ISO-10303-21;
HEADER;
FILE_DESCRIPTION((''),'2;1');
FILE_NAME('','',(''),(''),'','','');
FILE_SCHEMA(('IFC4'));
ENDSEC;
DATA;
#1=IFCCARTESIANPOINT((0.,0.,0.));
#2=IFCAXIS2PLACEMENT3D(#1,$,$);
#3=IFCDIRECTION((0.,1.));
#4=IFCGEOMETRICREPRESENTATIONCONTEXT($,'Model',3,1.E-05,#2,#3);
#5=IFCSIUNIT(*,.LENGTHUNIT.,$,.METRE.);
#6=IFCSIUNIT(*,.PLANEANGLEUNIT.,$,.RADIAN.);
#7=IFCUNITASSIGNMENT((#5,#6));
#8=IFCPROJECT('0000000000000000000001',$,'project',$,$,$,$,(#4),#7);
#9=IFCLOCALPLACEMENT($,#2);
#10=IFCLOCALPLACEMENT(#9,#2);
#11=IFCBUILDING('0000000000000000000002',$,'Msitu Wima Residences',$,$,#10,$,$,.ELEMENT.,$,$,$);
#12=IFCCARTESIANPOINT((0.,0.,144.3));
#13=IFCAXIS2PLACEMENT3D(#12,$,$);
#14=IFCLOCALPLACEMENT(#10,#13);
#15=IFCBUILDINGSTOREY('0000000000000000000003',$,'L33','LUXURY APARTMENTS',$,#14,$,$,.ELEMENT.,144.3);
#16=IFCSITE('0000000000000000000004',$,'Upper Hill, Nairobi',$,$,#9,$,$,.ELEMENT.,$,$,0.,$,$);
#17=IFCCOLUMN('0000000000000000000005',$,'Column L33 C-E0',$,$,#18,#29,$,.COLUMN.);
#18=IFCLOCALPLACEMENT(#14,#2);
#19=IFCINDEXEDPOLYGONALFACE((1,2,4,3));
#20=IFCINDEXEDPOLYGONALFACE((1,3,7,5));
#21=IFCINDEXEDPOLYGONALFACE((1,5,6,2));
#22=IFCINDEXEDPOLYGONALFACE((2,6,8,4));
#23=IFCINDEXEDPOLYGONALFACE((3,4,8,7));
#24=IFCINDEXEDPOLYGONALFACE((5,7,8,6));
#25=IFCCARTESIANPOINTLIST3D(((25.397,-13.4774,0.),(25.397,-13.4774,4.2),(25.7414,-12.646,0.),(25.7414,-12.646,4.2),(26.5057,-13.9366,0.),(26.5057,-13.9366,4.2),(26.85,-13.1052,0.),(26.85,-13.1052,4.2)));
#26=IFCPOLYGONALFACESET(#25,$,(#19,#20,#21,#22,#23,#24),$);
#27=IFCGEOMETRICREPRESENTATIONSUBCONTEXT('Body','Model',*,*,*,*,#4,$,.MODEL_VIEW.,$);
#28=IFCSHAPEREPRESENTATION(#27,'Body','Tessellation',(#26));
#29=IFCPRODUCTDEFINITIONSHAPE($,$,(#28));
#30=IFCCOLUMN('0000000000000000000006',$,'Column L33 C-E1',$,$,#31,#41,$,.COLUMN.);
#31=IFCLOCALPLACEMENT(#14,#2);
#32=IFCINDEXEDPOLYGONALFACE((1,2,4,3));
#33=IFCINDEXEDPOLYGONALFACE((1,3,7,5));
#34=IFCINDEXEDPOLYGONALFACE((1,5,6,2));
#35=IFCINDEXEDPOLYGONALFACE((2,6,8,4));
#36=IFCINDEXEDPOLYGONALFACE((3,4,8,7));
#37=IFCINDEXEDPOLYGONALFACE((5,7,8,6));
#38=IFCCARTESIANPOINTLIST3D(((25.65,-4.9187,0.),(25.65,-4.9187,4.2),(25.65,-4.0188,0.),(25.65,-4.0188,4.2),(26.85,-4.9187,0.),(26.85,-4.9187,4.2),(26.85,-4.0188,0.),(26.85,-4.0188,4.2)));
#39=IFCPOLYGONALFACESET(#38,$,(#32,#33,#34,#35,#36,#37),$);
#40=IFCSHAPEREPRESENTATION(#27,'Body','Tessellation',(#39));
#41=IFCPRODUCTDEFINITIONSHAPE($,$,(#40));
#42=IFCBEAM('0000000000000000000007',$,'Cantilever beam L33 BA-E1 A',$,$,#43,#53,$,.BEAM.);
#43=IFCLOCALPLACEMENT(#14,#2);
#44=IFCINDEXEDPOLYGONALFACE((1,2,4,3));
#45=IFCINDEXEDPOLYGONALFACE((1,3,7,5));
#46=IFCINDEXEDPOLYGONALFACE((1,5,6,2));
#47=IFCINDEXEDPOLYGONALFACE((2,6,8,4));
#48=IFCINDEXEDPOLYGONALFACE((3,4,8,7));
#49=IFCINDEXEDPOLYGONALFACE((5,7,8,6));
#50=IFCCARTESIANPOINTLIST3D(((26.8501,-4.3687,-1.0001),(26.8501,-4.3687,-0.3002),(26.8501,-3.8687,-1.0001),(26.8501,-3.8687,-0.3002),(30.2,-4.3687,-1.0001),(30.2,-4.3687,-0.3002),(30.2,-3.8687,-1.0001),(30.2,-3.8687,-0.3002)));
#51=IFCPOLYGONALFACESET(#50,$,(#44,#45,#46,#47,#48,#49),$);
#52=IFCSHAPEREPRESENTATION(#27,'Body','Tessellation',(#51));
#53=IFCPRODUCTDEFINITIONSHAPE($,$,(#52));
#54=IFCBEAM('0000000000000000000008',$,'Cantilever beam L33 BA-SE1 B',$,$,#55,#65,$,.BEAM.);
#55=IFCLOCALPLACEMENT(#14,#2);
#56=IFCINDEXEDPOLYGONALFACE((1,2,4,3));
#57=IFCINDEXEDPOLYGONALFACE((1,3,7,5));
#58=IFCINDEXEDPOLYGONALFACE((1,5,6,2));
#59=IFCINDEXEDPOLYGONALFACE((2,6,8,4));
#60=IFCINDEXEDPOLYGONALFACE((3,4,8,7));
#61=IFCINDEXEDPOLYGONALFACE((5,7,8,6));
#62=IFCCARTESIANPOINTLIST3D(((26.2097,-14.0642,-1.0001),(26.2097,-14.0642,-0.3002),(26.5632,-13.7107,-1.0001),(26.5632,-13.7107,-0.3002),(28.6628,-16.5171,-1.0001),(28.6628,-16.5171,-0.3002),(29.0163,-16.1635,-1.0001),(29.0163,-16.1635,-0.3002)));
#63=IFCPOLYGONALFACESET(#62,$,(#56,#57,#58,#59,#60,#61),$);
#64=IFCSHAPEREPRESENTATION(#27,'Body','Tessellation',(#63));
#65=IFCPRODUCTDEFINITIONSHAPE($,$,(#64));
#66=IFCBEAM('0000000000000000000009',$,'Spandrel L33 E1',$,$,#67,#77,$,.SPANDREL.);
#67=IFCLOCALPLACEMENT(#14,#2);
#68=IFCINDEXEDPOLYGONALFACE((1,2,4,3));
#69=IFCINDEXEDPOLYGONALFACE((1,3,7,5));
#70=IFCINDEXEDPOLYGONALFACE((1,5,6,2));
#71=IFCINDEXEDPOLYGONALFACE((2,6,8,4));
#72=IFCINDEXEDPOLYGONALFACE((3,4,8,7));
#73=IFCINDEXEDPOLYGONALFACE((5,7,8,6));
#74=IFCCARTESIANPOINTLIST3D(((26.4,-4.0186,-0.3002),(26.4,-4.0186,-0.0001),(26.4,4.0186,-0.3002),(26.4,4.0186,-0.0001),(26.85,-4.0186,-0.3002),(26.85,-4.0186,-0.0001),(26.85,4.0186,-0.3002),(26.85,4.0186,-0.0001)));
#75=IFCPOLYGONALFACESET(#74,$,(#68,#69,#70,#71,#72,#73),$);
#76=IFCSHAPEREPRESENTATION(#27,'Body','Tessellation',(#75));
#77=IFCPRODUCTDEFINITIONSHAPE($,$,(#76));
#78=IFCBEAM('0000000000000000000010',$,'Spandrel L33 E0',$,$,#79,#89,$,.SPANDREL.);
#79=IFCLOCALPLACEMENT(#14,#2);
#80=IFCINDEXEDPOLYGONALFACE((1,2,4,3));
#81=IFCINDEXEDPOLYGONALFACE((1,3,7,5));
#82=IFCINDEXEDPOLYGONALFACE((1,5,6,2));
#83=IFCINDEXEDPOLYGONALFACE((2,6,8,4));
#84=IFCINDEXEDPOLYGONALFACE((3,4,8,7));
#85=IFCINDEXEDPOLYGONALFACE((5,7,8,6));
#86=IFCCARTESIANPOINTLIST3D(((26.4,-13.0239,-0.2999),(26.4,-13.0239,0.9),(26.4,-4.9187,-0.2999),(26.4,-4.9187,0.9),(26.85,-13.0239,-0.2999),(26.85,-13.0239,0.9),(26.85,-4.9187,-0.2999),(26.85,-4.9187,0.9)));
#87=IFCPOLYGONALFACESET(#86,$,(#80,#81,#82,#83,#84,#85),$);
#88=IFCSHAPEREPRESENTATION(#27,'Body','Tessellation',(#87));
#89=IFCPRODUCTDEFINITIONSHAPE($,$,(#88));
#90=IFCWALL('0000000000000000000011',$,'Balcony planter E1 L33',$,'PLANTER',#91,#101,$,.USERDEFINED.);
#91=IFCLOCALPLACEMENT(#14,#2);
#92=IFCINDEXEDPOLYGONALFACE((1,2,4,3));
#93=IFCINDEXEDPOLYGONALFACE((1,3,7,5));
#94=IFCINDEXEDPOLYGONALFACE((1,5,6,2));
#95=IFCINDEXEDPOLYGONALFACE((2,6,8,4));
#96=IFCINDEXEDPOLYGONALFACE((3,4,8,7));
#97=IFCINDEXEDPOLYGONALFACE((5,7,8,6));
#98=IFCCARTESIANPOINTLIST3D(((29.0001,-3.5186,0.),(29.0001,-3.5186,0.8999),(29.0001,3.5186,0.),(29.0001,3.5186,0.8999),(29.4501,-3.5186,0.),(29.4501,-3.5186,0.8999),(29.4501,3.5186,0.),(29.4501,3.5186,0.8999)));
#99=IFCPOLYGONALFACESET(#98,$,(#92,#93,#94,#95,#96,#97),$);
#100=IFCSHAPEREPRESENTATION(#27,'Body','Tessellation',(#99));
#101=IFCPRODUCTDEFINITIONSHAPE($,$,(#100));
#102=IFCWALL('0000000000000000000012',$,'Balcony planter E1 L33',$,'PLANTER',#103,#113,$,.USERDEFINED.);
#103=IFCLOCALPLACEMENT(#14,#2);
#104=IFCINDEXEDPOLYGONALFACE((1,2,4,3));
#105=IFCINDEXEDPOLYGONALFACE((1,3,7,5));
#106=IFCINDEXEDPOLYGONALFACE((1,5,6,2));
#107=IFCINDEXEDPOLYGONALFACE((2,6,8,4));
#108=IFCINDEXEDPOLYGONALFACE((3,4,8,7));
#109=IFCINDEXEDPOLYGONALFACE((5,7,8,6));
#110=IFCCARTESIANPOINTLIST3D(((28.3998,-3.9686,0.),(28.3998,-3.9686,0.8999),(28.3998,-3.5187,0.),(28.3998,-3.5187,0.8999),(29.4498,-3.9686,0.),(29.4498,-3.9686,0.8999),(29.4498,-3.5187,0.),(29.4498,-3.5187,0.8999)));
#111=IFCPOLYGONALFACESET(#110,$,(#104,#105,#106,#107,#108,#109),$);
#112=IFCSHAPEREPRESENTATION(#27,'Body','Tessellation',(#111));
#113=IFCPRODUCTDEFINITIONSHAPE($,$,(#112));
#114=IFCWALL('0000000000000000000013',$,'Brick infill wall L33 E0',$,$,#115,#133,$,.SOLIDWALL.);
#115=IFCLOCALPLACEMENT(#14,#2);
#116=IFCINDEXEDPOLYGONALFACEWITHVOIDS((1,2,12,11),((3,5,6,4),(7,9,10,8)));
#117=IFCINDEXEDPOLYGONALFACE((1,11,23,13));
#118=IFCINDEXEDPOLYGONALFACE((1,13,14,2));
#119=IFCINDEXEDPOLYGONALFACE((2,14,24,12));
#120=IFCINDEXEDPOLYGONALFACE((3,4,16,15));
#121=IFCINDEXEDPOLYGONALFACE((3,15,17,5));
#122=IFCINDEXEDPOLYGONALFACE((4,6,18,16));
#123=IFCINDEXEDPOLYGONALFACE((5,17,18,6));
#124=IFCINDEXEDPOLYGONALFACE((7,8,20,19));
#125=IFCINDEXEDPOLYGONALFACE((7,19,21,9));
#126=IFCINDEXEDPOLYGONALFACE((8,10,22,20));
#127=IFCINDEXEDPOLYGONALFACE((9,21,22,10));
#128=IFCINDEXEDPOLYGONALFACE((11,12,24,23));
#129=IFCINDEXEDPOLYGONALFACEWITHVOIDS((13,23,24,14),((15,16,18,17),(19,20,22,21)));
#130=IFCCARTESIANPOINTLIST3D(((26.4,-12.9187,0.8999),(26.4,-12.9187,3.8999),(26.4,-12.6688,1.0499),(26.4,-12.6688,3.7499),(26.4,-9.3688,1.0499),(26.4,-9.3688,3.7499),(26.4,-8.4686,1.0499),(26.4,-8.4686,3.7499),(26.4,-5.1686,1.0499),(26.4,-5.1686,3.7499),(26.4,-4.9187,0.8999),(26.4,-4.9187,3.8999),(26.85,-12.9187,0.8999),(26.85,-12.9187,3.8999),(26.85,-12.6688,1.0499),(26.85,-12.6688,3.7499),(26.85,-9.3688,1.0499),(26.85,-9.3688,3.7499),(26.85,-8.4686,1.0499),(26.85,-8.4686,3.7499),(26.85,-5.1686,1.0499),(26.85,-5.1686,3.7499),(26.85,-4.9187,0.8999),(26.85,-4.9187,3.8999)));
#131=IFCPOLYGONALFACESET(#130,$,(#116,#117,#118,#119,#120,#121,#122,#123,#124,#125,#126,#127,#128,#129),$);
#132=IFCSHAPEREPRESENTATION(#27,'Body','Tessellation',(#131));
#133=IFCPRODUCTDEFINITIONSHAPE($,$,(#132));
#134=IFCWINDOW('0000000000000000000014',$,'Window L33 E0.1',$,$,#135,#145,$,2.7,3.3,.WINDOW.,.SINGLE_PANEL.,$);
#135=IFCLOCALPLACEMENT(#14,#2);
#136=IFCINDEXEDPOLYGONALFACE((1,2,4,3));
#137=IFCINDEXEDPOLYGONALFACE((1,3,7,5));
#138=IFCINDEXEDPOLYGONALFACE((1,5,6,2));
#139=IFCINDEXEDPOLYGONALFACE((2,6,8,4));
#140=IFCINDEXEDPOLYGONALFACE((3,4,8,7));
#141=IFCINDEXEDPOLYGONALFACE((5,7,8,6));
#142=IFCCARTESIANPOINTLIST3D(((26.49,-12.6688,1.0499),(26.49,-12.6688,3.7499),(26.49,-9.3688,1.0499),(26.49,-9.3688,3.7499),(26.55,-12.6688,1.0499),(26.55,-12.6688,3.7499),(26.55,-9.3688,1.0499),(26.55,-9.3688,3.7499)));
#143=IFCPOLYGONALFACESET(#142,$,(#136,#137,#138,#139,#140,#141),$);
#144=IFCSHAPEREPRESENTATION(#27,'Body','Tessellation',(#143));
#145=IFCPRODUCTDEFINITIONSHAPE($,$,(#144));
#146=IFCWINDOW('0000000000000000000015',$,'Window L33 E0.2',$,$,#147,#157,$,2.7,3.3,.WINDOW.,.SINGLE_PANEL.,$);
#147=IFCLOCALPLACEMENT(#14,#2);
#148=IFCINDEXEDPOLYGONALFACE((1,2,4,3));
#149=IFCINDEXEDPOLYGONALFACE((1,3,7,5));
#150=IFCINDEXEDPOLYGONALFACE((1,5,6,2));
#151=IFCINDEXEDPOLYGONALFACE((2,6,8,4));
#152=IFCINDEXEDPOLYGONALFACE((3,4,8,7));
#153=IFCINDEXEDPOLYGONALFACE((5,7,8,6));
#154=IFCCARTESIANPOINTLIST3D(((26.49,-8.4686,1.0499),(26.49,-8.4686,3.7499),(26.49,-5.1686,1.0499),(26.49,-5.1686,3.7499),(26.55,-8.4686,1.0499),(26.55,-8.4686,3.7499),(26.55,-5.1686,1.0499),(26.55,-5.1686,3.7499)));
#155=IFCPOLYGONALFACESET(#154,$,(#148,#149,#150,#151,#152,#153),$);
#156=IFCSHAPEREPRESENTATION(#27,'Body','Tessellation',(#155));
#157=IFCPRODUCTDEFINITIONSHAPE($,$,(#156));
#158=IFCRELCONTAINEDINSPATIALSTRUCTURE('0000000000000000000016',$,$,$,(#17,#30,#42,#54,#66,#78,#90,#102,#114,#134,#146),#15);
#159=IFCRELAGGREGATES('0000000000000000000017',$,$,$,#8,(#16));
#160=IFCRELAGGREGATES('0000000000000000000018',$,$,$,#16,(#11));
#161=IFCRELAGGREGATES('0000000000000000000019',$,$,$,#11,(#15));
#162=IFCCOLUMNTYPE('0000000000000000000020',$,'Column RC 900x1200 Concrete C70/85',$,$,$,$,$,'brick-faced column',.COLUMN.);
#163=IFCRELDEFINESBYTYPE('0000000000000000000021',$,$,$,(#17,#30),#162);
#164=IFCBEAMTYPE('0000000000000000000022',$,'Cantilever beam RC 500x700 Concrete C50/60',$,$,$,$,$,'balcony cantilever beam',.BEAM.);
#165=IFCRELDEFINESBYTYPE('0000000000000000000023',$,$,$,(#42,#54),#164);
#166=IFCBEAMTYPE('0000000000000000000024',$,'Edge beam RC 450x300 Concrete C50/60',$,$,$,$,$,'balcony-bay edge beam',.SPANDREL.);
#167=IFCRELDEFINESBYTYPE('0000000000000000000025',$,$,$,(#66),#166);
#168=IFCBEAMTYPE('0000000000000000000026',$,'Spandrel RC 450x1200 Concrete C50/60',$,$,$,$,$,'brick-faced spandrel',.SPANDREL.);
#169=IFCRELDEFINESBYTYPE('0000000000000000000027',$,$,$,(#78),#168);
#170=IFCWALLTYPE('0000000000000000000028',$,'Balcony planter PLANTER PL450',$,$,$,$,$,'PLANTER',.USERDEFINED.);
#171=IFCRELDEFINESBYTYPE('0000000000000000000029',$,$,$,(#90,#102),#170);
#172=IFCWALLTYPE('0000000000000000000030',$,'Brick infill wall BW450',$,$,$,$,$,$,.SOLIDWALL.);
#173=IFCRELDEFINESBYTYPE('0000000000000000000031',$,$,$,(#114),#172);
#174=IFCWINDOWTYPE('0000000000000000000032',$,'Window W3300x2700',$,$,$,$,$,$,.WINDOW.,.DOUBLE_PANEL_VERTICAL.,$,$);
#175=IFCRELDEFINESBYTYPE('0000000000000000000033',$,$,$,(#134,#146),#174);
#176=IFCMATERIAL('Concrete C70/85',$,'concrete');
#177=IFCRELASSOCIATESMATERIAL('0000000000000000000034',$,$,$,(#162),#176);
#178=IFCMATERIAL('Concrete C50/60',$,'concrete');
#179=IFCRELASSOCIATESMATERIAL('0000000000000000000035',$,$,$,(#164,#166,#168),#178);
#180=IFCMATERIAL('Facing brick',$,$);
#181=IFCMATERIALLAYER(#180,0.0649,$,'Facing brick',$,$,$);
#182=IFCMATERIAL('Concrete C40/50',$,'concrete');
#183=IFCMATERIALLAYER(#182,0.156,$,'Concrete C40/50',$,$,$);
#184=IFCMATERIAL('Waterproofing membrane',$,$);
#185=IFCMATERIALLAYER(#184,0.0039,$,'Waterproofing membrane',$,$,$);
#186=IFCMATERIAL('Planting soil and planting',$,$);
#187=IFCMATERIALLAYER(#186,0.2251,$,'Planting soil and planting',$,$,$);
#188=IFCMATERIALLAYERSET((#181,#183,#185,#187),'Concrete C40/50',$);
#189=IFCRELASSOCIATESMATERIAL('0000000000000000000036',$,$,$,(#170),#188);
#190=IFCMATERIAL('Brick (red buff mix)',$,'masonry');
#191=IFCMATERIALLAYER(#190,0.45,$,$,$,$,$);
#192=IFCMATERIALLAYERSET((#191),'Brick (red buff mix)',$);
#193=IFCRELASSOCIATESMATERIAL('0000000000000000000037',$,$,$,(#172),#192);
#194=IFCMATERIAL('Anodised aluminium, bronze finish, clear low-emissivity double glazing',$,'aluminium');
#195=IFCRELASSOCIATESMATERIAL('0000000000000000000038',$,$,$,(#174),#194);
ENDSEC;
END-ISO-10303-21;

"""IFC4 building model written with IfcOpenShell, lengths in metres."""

from ifc_helpers import new_model, si_unit, direction, frame, frame_2d, origin, origin_2d, place, context, subcontext, project, spatial, rectangle, extrude, material, layer, layer_set, material_profile, profile_set, type_object, element, fill, save


model = new_model("IFC4")

# Units and contexts
model_context = context("Model", 3, precision=1e-05, world=origin(), true_north=direction((0.0, 1.0)))
body_context = subcontext(model_context, "Body", "Model", "MODEL_VIEW")
ifc_project = project(units=[si_unit("LENGTHUNIT", "METRE"), si_unit("PLANEANGLEUNIT", "RADIAN")], contexts=[model_context])

# Site, building, storey
site_placement = place(None, origin())
site = spatial("IfcSite", under=ifc_project, at=site_placement, Name="Upper Hill, Nairobi", CompositionType="ELEMENT", RefElevation=0.0)
building_placement = place(site_placement, origin())
building = spatial("IfcBuilding", under=site, at=building_placement, Name="Msitu Wima Residences", CompositionType="ELEMENT")
storey_placement = place(building_placement, frame((0.0, 0.0, 144.3)))
storey = spatial("IfcBuildingStorey", under=building, at=storey_placement, Name="L33", Description="LUXURY APARTMENTS", CompositionType="ELEMENT", Elevation=144.3)

# Columns
ifc_material_1 = material(Name="Concrete C70/85", Category="concrete")
ifc_material_profile_1 = material_profile(ifc_material_1, rectangle(XDim=0.8999, YDim=1.2, at=origin_2d()), Name="RC 900x1200")
ifc_profile_set_1 = profile_set([ifc_material_profile_1], Name="Concrete C70/85")
column_type = type_object("IfcColumnType", Name="Column RC 900x1200 Concrete C70/85", ElementType="brick-faced column", PredefinedType="COLUMN", material=ifc_profile_set_1)
for number, where, z_axis, x_axis, name in (
    (1, (26.1235, -13.2913, 0.0), (0.0, 0.0, 1.0), (0.382683, 0.92388, 0.0), "Column L33 C-E0"),
    (2, (26.25, -4.4688, 0.0), (0.0, 0.0, 1.0), (0.0, 1.0, 0.0), "Column L33 C-E1"),
):
    element("IfcColumn", number, at=place(storey_placement, frame(where, z_axis=z_axis, x_axis=x_axis)), inside=storey, type_object=column_type, Name=name, PredefinedType="COLUMN", context=body_context, shape_type="SweptSolid", body=[
        extrude(rectangle(XDim=0.8999, YDim=1.2, at=origin_2d()), origin(), (0.0, 0.0, 1.0), 4.2),
    ])

# Beams
ifc_material_2 = material(Name="Concrete C50/60", Category="concrete")
ifc_material_profile_2 = material_profile(ifc_material_2, rectangle(XDim=0.5, YDim=0.7, at=origin_2d()), Name="RC 500x700")
ifc_profile_set_2 = profile_set([ifc_material_profile_2], Name="Concrete C50/60")
beam_type_1 = type_object("IfcBeamType", Name="Cantilever beam RC 500x700 Concrete C50/60", ElementType="balcony cantilever beam", PredefinedType="BEAM", material=ifc_profile_set_2)
beam_1_placement = place(storey_placement, frame((26.8501, -4.1187, -0.6501), z_axis=(1.0, 0.0, 0.0), x_axis=(0.0, 1.0, 0.0)))
element("IfcBeam", 3, at=beam_1_placement, inside=storey, type_object=beam_type_1, Name="Cantilever beam L33 BA-E1 A", PredefinedType="BEAM", context=body_context, shape_type="SweptSolid", body=[
    extrude(rectangle(XDim=0.5, YDim=0.7, at=origin_2d()), origin(), (0.0, 0.0, 1.0), 3.3499),
])
beam_2_placement = place(storey_placement, frame((26.3865, -13.8875, -0.6501), z_axis=(0.707142, -0.707072, 0.0), x_axis=(0.707072, 0.707142, 0.0)))
element("IfcBeam", 4, at=beam_2_placement, inside=storey, type_object=beam_type_1, Name="Cantilever beam L33 BA-SE1 B", PredefinedType="BEAM", context=body_context, shape_type="SweptSolid", body=[
    extrude(rectangle(XDim=0.5, YDim=0.7, at=origin_2d()), origin(), (0.0, 0.0, 1.0), 3.469),
])
ifc_material_profile_3 = material_profile(ifc_material_2, rectangle(XDim=0.45, YDim=0.3, at=origin_2d()), Name="RC 450x300")
ifc_profile_set_3 = profile_set([ifc_material_profile_3], Name="Concrete C50/60")
beam_type_2 = type_object("IfcBeamType", Name="Edge beam RC 450x300 Concrete C50/60", ElementType="balcony-bay edge beam", PredefinedType="SPANDREL", material=ifc_profile_set_3)
beam_3_placement = place(storey_placement, frame((26.625, -4.0186, -0.1501), z_axis=(0.0, 1.0, 0.0), x_axis=(-1.0, 0.0, 0.0)))
element("IfcBeam", 5, at=beam_3_placement, inside=storey, type_object=beam_type_2, Name="Spandrel L33 E1", PredefinedType="SPANDREL", context=body_context, shape_type="SweptSolid", body=[
    extrude(rectangle(XDim=0.45, YDim=0.3, at=origin_2d()), origin(), (0.0, 0.0, 1.0), 8.0371),
])
ifc_material_profile_4 = material_profile(ifc_material_2, rectangle(XDim=0.45, YDim=1.2, at=origin_2d()), Name="RC 450x1200")
ifc_profile_set_4 = profile_set([ifc_material_profile_4], Name="Concrete C50/60")
beam_type_3 = type_object("IfcBeamType", Name="Spandrel RC 450x1200 Concrete C50/60", ElementType="brick-faced spandrel", PredefinedType="SPANDREL", material=ifc_profile_set_4)
beam_4_placement = place(storey_placement, frame((26.625, -13.0239, 0.3), z_axis=(0.0, 1.0, 0.0), x_axis=(-1.0, 0.0, 0.0)))
element("IfcBeam", 6, at=beam_4_placement, inside=storey, type_object=beam_type_3, Name="Spandrel L33 E0", PredefinedType="SPANDREL", context=body_context, shape_type="SweptSolid", body=[
    extrude(rectangle(XDim=0.45, YDim=1.2, at=origin_2d()), origin(), (0.0, 0.0, 1.0), 8.1052),
])

# Walls
ifc_material_3 = material(Name="Facing brick")
ifc_layer_1 = layer(ifc_material_3, 0.0649, Name="Facing brick")
ifc_material_4 = material(Name="Concrete C40/50", Category="concrete")
ifc_layer_2 = layer(ifc_material_4, 0.156, Name="Concrete C40/50")
ifc_material_5 = material(Name="Waterproofing membrane")
ifc_layer_3 = layer(ifc_material_5, 0.0039, Name="Waterproofing membrane")
ifc_material_6 = material(Name="Planting soil and planting")
ifc_layer_4 = layer(ifc_material_6, 0.2251, Name="Planting soil and planting")
ifc_layer_set_1 = layer_set([ifc_layer_1, ifc_layer_2, ifc_layer_3, ifc_layer_4], Name="Concrete C40/50")
wall_type_1 = type_object("IfcWallType", Name="Balcony planter PLANTER PL450", ElementType="PLANTER", PredefinedType="USERDEFINED", material=ifc_layer_set_1)
wall_1_placement = place(storey_placement, frame((29.2251, -3.5186, 0.0), z_axis=(0.0, 0.0, 1.0), x_axis=(0.0, 1.0, 0.0)))
element("IfcWall", 7, at=wall_1_placement, inside=storey, type_object=wall_type_1, Name="Balcony planter E1 L33", ObjectType="PLANTER", PredefinedType="USERDEFINED", context=body_context, shape_type="SweptSolid", body=[
    extrude(rectangle(XDim=7.0371, YDim=0.45, at=frame_2d((3.5186, 0.0))), origin(), (0.0, 0.0, 1.0), 0.8999),
])
wall_2_placement = place(storey_placement, frame((28.3999, -3.7437, 0.0), z_axis=(0.0, 0.0, 1.0), x_axis=(1.0, 0.0, 0.0)))
element("IfcWall", 8, at=wall_2_placement, inside=storey, type_object=wall_type_1, Name="Balcony planter E1 L33", ObjectType="PLANTER", PredefinedType="USERDEFINED", context=body_context, shape_type="SweptSolid", body=[
    extrude(rectangle(XDim=1.05, YDim=0.45, at=frame_2d((0.5249, 0.0))), origin(), (0.0, 0.0, 1.0), 0.8999),
])

# Wall, openings, windows
ifc_material_7 = material(Name="Brick (red buff mix)", Category="masonry")
ifc_layer_5 = layer(ifc_material_7, 0.45)
ifc_layer_set_2 = layer_set([ifc_layer_5], Name="Brick (red buff mix)")
wall_type_2 = type_object("IfcWallType", Name="Brick infill wall BW450", PredefinedType="SOLIDWALL", material=ifc_layer_set_2)
wall_3_placement = place(storey_placement, frame((26.625, -12.9187, 0.8999), z_axis=(0.0, 0.0, 1.0), x_axis=(0.0, 1.0, 0.0)))
wall_3 = element("IfcWall", 9, at=wall_3_placement, inside=storey, type_object=wall_type_2, Name="Brick infill wall L33 E0", PredefinedType="SOLIDWALL", context=body_context, shape_type="SweptSolid", body=[
    extrude(rectangle(XDim=8.0, YDim=0.45, at=frame_2d((4.0, 0.0))), origin(), (0.0, 0.0, 1.0), 3.0),
])
opening_1_placement = place(wall_3_placement, frame((0.25, 0.0, 0.1499)))
opening_1 = element("IfcOpeningElement", 10, at=opening_1_placement, cuts=wall_3, PredefinedType="OPENING", context=body_context, shape_type="SweptSolid", body=[
    extrude(rectangle(XDim=3.3, YDim=2.7, at=frame_2d((1.6499, 1.3501))), frame((0.0, 0.2349, 0.0), z_axis=(0.0, -1.0, 0.0), x_axis=(1.0, 0.0, 0.0)), (0.0, 0.0, 1.0), 0.47),
])
opening_2_placement = place(wall_3_placement, frame((4.4502, 0.0, 0.1499)))
opening_2 = element("IfcOpeningElement", 11, at=opening_2_placement, cuts=wall_3, PredefinedType="OPENING", context=body_context, shape_type="SweptSolid", body=[
    extrude(rectangle(XDim=3.3, YDim=2.7, at=frame_2d((1.6499, 1.3501))), frame((0.0, 0.2349, 0.0), z_axis=(0.0, -1.0, 0.0), x_axis=(1.0, 0.0, 0.0)), (0.0, 0.0, 1.0), 0.47),
])
ifc_material_8 = material(Name="Anodised aluminium, bronze finish, clear low-emissivity double glazing", Category="aluminium")
window_type = type_object("IfcWindowType", Name="Window W3300x2700", PartitioningType="DOUBLE_PANEL_VERTICAL", PredefinedType="WINDOW", material=ifc_material_8)
window_1_placement = place(opening_1_placement, origin())
window_1 = element("IfcWindow", 12, at=window_1_placement, inside=storey, type_object=window_type, Name="Window L33 E0.1", OverallHeight=2.7, OverallWidth=3.3, PartitioningType="SINGLE_PANEL", PredefinedType="WINDOW", context=body_context, shape_type="SweptSolid", body=[
    extrude(rectangle(XDim=3.3, YDim=2.7, at=frame_2d((1.6499, 1.3501))), frame((0.0, 0.135, 0.0), z_axis=(0.0, -1.0, 0.0), x_axis=(1.0, 0.0, 0.0)), (0.0, 0.0, 1.0), 0.0601),
])
fill(opening_1, window_1)
window_2_placement = place(opening_2_placement, origin())
window_2 = element("IfcWindow", 13, at=window_2_placement, inside=storey, type_object=window_type, Name="Window L33 E0.2", OverallHeight=2.7, OverallWidth=3.3, PartitioningType="SINGLE_PANEL", PredefinedType="WINDOW", context=body_context, shape_type="SweptSolid", body=[
    extrude(rectangle(XDim=3.3, YDim=2.7, at=frame_2d((1.6499, 1.3501))), frame((0.0, 0.135, 0.0), z_axis=(0.0, -1.0, 0.0), x_axis=(1.0, 0.0, 0.0)), (0.0, 0.0, 1.0), 0.0601),
])
fill(opening_2, window_2)

save(model, "model.ifc")
